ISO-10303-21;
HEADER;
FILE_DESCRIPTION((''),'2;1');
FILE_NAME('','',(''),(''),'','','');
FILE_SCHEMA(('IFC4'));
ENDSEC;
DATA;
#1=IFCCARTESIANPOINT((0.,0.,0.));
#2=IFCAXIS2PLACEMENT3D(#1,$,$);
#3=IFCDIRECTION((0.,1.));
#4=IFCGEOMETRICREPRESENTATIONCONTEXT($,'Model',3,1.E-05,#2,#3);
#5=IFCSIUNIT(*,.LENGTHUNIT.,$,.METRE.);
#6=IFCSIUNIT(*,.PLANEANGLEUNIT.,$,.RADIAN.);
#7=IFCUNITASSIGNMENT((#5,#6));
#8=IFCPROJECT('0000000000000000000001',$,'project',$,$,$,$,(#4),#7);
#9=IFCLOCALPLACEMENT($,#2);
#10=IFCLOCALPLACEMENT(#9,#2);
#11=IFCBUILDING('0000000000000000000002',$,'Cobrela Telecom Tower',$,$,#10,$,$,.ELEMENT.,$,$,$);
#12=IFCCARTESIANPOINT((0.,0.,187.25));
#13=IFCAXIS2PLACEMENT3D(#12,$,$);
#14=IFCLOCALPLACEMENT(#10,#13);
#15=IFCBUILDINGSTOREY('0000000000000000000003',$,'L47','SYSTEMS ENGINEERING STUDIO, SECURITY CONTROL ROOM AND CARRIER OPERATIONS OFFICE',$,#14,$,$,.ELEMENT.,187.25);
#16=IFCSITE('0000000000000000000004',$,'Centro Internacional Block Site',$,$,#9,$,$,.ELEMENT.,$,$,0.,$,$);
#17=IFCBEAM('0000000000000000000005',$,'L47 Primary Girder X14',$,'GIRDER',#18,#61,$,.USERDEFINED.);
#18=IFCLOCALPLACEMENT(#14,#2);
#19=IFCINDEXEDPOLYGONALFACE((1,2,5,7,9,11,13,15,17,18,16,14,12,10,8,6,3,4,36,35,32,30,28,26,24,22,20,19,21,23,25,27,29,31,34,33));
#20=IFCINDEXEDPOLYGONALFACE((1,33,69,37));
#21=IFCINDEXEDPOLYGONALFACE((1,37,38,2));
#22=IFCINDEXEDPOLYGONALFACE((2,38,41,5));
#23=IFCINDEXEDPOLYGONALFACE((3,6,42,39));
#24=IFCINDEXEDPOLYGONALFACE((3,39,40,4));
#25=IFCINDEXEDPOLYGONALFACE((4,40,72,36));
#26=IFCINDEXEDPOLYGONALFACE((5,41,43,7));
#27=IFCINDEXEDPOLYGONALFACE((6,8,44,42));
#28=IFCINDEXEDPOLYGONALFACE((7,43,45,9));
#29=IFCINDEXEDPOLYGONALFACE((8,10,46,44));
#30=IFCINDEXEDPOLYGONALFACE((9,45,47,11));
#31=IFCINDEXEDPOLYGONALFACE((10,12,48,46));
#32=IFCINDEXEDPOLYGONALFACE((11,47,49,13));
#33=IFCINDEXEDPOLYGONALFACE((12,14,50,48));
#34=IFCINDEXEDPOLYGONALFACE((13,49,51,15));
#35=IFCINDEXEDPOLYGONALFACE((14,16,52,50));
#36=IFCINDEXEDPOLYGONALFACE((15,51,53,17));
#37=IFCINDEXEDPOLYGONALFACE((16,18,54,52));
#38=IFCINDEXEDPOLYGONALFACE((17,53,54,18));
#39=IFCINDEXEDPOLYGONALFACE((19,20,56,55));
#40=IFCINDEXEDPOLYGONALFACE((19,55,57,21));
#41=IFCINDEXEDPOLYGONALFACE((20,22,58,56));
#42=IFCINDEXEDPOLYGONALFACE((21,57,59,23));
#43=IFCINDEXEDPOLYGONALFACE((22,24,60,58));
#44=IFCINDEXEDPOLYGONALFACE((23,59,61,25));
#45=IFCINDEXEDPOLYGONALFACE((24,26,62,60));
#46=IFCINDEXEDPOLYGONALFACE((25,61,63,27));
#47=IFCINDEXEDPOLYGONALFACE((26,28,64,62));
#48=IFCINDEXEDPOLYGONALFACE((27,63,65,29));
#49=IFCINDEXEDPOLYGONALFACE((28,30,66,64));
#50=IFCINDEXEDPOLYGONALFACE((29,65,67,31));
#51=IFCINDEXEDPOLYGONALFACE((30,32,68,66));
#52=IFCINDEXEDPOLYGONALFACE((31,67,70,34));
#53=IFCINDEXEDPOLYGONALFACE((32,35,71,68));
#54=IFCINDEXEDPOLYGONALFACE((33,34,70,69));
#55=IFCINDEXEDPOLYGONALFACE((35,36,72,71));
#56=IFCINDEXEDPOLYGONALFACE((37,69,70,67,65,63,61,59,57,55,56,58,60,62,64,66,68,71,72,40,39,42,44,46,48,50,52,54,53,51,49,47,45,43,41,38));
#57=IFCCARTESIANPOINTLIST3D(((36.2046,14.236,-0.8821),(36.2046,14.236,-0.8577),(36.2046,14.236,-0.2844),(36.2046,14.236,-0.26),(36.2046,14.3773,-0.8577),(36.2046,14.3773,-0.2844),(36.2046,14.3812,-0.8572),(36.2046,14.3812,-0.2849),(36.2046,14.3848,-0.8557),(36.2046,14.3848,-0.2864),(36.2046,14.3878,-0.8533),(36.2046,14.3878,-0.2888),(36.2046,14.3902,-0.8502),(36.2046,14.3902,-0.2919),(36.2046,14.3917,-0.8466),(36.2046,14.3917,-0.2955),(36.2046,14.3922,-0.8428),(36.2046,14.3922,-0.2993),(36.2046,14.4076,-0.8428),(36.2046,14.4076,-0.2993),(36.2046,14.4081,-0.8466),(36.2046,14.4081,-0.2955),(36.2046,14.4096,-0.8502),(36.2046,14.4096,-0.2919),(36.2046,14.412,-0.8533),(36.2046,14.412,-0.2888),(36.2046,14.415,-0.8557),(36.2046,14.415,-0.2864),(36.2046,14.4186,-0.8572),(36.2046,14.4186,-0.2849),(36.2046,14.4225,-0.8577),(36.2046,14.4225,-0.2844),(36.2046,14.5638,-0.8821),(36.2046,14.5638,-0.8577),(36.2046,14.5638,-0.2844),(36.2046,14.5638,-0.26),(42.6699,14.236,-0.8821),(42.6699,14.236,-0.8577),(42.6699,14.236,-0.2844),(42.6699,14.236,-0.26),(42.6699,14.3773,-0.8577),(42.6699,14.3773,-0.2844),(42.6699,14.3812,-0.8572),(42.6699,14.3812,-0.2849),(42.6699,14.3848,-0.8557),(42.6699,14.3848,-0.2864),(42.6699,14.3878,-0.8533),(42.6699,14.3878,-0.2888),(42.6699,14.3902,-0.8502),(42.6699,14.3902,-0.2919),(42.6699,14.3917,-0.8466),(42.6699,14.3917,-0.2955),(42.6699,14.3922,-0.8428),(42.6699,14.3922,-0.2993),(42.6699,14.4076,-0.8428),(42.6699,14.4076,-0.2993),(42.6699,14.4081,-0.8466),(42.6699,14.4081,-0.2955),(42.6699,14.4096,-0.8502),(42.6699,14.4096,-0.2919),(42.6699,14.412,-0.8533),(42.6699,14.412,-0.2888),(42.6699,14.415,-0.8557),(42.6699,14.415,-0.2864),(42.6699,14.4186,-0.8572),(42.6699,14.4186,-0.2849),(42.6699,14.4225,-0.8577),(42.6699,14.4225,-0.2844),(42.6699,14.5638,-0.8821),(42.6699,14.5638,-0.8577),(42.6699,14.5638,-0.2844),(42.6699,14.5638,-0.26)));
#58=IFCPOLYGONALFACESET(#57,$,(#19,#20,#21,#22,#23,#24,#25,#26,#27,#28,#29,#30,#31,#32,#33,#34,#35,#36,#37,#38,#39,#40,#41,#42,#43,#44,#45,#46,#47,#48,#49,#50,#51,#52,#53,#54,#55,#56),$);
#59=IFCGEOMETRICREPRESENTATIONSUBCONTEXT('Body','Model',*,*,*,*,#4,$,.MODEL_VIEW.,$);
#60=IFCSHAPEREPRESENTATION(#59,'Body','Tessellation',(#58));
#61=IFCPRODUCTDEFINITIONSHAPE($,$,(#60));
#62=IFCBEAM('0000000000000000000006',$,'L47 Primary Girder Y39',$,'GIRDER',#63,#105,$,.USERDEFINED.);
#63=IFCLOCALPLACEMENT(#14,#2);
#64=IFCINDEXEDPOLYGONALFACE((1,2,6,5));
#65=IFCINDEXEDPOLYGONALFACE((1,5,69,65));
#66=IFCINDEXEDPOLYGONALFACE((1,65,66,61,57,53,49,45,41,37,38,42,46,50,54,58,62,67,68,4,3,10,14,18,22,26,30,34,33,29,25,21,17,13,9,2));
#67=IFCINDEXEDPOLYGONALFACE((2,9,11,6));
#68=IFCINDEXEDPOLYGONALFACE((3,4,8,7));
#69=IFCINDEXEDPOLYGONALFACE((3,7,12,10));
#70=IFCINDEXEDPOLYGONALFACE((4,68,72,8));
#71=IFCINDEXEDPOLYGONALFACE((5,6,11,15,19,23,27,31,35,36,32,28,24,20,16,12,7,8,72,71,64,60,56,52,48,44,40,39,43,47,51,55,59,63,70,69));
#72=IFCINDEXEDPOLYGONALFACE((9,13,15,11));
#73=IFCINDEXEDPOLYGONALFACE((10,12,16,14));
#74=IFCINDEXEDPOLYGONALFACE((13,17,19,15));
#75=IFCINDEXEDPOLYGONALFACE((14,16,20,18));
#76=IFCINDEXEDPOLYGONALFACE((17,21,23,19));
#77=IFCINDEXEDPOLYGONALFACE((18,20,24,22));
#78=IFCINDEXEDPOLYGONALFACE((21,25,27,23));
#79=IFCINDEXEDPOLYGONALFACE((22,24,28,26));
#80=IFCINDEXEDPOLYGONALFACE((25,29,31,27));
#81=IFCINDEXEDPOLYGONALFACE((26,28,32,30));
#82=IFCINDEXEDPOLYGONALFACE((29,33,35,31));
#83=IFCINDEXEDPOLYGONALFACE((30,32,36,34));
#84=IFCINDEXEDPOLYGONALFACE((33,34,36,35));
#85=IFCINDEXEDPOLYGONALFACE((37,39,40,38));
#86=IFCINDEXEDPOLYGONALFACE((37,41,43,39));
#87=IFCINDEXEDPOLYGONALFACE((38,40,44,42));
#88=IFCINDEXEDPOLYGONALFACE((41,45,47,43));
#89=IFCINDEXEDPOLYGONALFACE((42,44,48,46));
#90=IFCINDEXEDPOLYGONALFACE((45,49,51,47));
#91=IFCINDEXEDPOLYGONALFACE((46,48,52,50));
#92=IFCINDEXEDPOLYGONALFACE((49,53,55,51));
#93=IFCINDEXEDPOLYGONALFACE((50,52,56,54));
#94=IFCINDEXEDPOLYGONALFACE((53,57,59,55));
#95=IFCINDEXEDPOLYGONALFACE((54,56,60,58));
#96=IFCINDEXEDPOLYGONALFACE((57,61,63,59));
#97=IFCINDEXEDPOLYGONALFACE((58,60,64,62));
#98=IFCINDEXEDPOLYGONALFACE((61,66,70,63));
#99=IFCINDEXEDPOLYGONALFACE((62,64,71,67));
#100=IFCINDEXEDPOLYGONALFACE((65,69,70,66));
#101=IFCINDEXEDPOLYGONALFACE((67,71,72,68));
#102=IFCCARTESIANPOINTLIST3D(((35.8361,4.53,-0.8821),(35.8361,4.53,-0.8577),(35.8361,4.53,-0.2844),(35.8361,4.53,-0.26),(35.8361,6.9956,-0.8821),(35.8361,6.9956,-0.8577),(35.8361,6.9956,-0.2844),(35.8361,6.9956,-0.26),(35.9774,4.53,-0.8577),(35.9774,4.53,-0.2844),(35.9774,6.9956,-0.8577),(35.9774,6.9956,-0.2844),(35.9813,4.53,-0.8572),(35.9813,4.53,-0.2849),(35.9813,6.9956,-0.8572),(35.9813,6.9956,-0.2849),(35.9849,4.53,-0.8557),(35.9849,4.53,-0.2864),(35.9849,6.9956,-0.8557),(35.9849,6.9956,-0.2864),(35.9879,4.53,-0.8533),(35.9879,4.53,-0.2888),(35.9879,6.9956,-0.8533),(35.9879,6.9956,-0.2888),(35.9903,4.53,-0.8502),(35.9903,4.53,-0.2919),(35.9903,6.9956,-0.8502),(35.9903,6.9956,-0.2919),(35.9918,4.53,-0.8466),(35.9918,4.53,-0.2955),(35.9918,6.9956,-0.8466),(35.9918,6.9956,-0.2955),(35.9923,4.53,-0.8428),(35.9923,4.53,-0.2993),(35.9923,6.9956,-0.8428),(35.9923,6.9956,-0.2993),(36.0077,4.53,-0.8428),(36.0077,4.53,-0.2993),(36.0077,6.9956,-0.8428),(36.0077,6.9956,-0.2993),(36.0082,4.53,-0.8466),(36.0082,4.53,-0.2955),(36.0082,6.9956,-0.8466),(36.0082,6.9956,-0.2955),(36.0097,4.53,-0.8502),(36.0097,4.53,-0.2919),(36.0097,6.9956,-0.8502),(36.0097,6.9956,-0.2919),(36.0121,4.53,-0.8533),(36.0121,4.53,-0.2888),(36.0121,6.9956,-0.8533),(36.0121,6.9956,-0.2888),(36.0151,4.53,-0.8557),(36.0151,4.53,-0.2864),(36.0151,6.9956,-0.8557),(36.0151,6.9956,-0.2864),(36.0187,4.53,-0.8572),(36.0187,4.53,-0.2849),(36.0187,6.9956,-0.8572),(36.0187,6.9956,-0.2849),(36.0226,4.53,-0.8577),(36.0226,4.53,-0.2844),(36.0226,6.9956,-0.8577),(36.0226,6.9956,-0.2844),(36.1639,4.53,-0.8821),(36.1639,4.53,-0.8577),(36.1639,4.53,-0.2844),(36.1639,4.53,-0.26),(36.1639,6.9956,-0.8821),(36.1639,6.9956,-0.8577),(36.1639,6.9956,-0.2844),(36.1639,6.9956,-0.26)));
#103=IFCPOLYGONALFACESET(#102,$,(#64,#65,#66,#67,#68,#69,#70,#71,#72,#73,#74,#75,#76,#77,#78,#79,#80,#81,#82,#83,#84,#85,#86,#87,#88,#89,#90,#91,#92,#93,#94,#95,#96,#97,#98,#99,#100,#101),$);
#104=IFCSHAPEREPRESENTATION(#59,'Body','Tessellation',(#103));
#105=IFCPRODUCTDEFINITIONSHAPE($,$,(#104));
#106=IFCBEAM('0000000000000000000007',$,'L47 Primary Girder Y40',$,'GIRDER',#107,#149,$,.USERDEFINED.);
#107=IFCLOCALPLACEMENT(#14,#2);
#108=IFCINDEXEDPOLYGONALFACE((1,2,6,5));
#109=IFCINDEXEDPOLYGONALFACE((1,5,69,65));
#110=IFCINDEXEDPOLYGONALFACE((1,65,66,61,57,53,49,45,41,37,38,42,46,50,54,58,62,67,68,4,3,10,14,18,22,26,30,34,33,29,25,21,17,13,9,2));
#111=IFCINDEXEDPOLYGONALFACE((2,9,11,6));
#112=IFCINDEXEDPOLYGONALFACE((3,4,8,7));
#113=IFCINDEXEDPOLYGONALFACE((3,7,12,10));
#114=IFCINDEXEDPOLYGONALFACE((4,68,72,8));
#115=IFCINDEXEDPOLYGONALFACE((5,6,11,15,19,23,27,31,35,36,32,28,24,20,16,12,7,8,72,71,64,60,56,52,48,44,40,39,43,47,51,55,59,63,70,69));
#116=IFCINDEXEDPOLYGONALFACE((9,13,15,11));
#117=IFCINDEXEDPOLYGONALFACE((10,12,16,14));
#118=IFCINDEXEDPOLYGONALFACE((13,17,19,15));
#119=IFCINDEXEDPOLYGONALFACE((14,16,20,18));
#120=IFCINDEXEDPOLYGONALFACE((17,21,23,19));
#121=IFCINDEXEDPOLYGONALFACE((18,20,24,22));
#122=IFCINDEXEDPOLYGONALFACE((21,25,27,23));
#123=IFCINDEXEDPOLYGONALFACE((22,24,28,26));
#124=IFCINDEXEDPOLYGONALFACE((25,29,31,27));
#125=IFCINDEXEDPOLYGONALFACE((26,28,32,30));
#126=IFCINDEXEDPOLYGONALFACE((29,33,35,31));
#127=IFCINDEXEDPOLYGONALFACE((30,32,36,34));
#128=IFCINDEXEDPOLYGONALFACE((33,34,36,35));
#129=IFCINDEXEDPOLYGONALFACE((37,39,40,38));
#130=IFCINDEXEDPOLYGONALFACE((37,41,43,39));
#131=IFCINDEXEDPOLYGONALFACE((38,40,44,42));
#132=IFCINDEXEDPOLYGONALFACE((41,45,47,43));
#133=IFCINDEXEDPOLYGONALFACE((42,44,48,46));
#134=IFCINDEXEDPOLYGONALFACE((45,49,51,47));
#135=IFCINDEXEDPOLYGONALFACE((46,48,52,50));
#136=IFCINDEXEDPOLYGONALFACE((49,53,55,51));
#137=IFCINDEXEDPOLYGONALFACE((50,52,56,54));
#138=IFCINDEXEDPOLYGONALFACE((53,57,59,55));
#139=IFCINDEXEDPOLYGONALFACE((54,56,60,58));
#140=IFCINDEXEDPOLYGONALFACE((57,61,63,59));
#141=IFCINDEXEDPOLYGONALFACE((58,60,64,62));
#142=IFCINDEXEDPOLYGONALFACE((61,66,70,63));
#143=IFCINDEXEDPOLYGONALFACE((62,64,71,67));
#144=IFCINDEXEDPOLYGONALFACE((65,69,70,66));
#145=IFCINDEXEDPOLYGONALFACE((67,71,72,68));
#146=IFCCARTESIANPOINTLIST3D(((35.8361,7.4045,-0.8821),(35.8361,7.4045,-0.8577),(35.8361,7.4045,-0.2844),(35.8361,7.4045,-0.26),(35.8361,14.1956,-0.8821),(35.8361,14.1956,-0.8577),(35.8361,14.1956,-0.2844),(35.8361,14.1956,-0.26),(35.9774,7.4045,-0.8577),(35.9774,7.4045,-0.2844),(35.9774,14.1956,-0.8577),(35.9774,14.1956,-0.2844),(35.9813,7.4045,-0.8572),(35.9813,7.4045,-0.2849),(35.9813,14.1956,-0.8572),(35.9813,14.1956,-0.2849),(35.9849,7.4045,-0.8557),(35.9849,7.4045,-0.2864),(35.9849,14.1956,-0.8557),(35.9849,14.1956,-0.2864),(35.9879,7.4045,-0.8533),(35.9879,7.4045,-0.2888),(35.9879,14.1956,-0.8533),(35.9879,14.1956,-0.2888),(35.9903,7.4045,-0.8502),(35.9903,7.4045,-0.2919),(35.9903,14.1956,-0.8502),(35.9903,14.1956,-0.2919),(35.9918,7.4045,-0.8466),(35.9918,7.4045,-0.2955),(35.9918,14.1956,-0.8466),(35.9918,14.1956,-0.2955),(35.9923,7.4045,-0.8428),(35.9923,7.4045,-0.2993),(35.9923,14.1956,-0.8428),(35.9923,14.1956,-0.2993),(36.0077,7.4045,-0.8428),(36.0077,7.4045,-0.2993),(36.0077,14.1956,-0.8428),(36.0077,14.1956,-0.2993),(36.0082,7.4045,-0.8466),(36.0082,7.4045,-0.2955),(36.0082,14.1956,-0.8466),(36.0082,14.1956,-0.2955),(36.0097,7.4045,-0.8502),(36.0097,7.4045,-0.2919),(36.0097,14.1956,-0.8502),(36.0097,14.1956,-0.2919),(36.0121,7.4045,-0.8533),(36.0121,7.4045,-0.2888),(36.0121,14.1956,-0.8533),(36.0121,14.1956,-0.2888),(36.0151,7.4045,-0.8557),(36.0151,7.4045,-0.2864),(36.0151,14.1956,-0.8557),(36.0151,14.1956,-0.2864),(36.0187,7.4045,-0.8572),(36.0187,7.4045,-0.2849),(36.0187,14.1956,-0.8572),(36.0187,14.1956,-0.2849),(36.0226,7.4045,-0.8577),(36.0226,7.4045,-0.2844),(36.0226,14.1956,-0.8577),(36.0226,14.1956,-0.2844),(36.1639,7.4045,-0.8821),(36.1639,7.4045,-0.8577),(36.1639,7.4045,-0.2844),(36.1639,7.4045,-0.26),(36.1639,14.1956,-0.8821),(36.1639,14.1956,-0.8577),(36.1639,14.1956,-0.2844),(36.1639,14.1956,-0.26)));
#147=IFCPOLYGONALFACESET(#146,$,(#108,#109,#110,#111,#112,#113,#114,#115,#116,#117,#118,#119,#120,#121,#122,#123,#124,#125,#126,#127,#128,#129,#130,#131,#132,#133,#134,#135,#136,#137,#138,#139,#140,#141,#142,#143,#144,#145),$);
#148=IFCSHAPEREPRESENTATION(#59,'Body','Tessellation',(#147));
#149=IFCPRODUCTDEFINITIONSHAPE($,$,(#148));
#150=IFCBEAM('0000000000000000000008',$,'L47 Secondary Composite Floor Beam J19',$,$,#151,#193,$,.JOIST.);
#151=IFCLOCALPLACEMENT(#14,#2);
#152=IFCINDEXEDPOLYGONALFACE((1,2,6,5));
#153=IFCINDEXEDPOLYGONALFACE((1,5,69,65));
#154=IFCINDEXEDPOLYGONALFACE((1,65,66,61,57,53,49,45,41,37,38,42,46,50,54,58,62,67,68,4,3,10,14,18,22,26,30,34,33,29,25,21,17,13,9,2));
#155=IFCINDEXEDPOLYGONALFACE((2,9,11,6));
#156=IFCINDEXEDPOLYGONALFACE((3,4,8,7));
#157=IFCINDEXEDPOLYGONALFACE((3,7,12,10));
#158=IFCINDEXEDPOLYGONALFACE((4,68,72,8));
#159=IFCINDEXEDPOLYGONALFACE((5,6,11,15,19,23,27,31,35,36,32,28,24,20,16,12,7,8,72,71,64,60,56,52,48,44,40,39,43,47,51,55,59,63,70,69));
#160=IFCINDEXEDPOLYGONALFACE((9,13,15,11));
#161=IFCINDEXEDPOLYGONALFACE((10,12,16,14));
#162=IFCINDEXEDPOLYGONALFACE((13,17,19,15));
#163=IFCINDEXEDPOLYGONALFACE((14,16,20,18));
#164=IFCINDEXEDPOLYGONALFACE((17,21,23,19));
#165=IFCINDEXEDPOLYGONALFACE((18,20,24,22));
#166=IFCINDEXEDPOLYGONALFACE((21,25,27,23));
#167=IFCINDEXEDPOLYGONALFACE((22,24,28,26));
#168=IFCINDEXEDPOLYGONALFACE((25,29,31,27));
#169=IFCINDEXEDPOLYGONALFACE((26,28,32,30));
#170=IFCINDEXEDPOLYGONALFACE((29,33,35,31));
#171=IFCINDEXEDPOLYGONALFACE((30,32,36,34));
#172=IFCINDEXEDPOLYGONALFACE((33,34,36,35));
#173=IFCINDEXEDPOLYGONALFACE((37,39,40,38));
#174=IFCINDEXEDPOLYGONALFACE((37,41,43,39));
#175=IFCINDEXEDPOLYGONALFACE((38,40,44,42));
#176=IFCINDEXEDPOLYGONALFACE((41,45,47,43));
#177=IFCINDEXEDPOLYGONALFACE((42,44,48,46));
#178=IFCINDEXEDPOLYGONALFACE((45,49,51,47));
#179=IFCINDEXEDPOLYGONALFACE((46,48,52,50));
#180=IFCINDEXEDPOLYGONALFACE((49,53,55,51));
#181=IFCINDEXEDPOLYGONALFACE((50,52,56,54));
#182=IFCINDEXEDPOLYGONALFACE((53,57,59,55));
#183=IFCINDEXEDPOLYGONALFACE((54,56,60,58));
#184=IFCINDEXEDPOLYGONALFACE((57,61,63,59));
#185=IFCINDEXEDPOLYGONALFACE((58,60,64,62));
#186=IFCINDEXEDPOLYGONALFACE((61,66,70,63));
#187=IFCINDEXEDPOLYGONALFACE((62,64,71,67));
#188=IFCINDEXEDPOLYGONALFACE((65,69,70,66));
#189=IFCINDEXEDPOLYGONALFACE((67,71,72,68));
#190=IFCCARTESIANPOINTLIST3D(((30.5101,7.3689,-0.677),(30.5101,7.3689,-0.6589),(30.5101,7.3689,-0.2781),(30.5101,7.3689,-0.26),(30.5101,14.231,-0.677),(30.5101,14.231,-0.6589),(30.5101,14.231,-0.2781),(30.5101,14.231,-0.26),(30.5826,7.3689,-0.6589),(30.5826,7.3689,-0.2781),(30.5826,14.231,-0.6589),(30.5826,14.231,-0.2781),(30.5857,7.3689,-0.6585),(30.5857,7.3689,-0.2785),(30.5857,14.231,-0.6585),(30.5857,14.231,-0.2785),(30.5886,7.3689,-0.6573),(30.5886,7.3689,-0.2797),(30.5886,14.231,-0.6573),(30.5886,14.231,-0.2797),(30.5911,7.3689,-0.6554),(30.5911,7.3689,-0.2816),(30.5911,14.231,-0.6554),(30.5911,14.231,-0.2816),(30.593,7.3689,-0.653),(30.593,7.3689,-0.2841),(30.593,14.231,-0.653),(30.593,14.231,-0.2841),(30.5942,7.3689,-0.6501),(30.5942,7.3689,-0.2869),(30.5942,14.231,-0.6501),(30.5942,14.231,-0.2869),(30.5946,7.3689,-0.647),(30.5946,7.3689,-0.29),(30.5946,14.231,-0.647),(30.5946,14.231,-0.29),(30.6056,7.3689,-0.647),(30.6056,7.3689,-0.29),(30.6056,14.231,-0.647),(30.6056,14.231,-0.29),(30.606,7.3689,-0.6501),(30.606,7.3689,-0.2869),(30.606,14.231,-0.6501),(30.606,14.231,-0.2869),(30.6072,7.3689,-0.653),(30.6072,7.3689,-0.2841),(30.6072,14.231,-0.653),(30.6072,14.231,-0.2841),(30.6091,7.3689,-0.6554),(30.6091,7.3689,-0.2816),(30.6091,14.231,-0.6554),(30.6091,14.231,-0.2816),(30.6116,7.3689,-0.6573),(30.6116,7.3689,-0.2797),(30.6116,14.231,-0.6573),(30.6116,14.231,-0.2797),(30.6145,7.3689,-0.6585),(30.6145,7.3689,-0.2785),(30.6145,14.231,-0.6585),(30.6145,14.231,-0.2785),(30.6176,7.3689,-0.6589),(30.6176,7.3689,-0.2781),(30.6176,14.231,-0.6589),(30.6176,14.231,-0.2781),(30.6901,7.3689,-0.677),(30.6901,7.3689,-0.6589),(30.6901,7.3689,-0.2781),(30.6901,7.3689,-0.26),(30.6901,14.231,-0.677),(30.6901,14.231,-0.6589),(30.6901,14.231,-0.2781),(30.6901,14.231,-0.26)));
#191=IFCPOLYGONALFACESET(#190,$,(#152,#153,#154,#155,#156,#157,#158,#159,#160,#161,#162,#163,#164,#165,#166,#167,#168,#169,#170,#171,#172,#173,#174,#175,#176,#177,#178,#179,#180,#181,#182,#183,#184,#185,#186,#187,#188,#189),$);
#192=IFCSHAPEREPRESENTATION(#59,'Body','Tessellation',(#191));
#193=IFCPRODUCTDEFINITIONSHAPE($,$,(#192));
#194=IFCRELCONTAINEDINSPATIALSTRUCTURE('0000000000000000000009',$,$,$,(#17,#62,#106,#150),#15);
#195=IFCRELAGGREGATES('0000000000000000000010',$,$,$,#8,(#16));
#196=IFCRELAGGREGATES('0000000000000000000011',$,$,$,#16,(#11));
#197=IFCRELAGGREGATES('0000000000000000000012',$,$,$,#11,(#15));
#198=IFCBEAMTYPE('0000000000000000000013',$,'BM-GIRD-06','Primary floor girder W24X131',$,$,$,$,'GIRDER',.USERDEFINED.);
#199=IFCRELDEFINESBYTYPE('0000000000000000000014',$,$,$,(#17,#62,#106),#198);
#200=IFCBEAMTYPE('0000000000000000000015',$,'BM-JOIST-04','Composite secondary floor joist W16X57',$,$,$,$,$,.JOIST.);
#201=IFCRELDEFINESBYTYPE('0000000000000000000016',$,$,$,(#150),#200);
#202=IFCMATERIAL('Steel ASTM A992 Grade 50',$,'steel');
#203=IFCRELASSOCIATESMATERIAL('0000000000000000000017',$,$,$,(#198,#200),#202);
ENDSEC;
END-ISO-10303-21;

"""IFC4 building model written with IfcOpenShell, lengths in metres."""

from ifc_helpers import new_model, si_unit, direction, frame, origin, origin_2d, place, context, subcontext, project, spatial, i_section, extrude, material, material_profile, profile_set, type_object, element, save


model = new_model("IFC4")

# Units and contexts
model_context = context("Model", 3, precision=1e-05, world=origin(), true_north=direction((0.0, 1.0)))
body_context = subcontext(model_context, "Body", "Model", "MODEL_VIEW")
ifc_project = project(units=[si_unit("LENGTHUNIT", "METRE"), si_unit("PLANEANGLEUNIT", "RADIAN")], contexts=[model_context])

# Site, building, storey
site_placement = place(None, origin())
site = spatial("IfcSite", under=ifc_project, at=site_placement, Name="Centro Internacional Block Site", CompositionType="ELEMENT", RefElevation=0.0)
building_placement = place(site_placement, origin())
building = spatial("IfcBuilding", under=site, at=building_placement, Name="Cobrela Telecom Tower", CompositionType="ELEMENT")
storey_placement = place(building_placement, frame((0.0, 0.0, 187.25)))
storey = spatial("IfcBuildingStorey", under=building, at=storey_placement, Name="L47", Description="SYSTEMS ENGINEERING STUDIO, SECURITY CONTROL ROOM AND CARRIER OPERATIONS OFFICE", CompositionType="ELEMENT", Elevation=187.25)

# Shared definitions
ifc_material_1 = material(Name="Steel ASTM A992 Grade 50", Category="steel")

# Beams
ifc_material_profile_1 = material_profile(ifc_material_1, i_section(OverallWidth=0.3279, OverallDepth=0.6221, WebThickness=0.0154, FlangeThickness=0.0244, FilletRadius=0.0149, at=origin_2d()), Name="W24X131")
ifc_profile_set_1 = profile_set([ifc_material_profile_1], Name="Steel ASTM A992 Grade 50")
beam_type_1 = type_object("IfcBeamType", Name="BM-GIRD-06", Description="Primary floor girder W24X131", ElementType="GIRDER", PredefinedType="USERDEFINED", material=ifc_profile_set_1)
for number, where, z_axis, x_axis, name in (
    (1, (36.2046, 14.3999, -0.571), (1.0, 0.0, 0.0), (0.0, 1.0, 0.0), "L47 Primary Girder X14"),
):
    element("IfcBeam", number, at=place(storey_placement, frame(where, z_axis=z_axis, x_axis=x_axis)), inside=storey, type_object=beam_type_1, Name=name, ObjectType="GIRDER", PredefinedType="USERDEFINED", context=body_context, shape_type="SweptSolid", body=[
        extrude(i_section(OverallWidth=0.3279, OverallDepth=0.6221, WebThickness=0.0154, FlangeThickness=0.0244, FilletRadius=0.0149, at=origin_2d()), origin(), (0.0, 0.0, 1.0), 6.4653),
    ])
beam_1_placement = place(storey_placement, frame((36.0, 4.53, -0.571), z_axis=(0.0, 1.0, 0.0), x_axis=(-1.0, 0.0, 0.0)))
element("IfcBeam", 2, at=beam_1_placement, inside=storey, type_object=beam_type_1, Name="L47 Primary Girder Y39", ObjectType="GIRDER", PredefinedType="USERDEFINED", context=body_context, shape_type="SweptSolid", body=[
    extrude(i_section(OverallWidth=0.3279, OverallDepth=0.6221, WebThickness=0.0154, FlangeThickness=0.0244, FilletRadius=0.0149, at=origin_2d()), origin(), (0.0, 0.0, 1.0), 2.4656),
])
beam_2_placement = place(storey_placement, frame((36.0, 7.4045, -0.571), z_axis=(0.0, 1.0, 0.0), x_axis=(-1.0, 0.0, 0.0)))
element("IfcBeam", 3, at=beam_2_placement, inside=storey, type_object=beam_type_1, Name="L47 Primary Girder Y40", ObjectType="GIRDER", PredefinedType="USERDEFINED", context=body_context, shape_type="SweptSolid", body=[
    extrude(i_section(OverallWidth=0.3279, OverallDepth=0.6221, WebThickness=0.0154, FlangeThickness=0.0244, FilletRadius=0.0149, at=origin_2d()), origin(), (0.0, 0.0, 1.0), 6.791),
])
ifc_material_profile_2 = material_profile(ifc_material_1, i_section(OverallWidth=0.1799, OverallDepth=0.417, WebThickness=0.011, FlangeThickness=0.0181, FilletRadius=0.012, at=origin_2d()), Name="W16X57")
ifc_profile_set_2 = profile_set([ifc_material_profile_2], Name="Steel ASTM A992 Grade 50")
beam_type_2 = type_object("IfcBeamType", Name="BM-JOIST-04", Description="Composite secondary floor joist W16X57", PredefinedType="JOIST", material=ifc_profile_set_2)
for number, where, z_axis, x_axis, name in (
    (4, (30.6001, 7.3689, -0.4685), (0.0, 1.0, 0.0), (-1.0, 0.0, 0.0), "L47 Secondary Composite Floor Beam J19"),
):
    element("IfcBeam", number, at=place(storey_placement, frame(where, z_axis=z_axis, x_axis=x_axis)), inside=storey, type_object=beam_type_2, Name=name, PredefinedType="JOIST", context=body_context, shape_type="SweptSolid", body=[
        extrude(i_section(OverallWidth=0.1799, OverallDepth=0.417, WebThickness=0.011, FlangeThickness=0.0181, FilletRadius=0.012, at=origin_2d()), origin(), (0.0, 0.0, 1.0), 6.8621),
    ])

save(model, "model.ifc")
